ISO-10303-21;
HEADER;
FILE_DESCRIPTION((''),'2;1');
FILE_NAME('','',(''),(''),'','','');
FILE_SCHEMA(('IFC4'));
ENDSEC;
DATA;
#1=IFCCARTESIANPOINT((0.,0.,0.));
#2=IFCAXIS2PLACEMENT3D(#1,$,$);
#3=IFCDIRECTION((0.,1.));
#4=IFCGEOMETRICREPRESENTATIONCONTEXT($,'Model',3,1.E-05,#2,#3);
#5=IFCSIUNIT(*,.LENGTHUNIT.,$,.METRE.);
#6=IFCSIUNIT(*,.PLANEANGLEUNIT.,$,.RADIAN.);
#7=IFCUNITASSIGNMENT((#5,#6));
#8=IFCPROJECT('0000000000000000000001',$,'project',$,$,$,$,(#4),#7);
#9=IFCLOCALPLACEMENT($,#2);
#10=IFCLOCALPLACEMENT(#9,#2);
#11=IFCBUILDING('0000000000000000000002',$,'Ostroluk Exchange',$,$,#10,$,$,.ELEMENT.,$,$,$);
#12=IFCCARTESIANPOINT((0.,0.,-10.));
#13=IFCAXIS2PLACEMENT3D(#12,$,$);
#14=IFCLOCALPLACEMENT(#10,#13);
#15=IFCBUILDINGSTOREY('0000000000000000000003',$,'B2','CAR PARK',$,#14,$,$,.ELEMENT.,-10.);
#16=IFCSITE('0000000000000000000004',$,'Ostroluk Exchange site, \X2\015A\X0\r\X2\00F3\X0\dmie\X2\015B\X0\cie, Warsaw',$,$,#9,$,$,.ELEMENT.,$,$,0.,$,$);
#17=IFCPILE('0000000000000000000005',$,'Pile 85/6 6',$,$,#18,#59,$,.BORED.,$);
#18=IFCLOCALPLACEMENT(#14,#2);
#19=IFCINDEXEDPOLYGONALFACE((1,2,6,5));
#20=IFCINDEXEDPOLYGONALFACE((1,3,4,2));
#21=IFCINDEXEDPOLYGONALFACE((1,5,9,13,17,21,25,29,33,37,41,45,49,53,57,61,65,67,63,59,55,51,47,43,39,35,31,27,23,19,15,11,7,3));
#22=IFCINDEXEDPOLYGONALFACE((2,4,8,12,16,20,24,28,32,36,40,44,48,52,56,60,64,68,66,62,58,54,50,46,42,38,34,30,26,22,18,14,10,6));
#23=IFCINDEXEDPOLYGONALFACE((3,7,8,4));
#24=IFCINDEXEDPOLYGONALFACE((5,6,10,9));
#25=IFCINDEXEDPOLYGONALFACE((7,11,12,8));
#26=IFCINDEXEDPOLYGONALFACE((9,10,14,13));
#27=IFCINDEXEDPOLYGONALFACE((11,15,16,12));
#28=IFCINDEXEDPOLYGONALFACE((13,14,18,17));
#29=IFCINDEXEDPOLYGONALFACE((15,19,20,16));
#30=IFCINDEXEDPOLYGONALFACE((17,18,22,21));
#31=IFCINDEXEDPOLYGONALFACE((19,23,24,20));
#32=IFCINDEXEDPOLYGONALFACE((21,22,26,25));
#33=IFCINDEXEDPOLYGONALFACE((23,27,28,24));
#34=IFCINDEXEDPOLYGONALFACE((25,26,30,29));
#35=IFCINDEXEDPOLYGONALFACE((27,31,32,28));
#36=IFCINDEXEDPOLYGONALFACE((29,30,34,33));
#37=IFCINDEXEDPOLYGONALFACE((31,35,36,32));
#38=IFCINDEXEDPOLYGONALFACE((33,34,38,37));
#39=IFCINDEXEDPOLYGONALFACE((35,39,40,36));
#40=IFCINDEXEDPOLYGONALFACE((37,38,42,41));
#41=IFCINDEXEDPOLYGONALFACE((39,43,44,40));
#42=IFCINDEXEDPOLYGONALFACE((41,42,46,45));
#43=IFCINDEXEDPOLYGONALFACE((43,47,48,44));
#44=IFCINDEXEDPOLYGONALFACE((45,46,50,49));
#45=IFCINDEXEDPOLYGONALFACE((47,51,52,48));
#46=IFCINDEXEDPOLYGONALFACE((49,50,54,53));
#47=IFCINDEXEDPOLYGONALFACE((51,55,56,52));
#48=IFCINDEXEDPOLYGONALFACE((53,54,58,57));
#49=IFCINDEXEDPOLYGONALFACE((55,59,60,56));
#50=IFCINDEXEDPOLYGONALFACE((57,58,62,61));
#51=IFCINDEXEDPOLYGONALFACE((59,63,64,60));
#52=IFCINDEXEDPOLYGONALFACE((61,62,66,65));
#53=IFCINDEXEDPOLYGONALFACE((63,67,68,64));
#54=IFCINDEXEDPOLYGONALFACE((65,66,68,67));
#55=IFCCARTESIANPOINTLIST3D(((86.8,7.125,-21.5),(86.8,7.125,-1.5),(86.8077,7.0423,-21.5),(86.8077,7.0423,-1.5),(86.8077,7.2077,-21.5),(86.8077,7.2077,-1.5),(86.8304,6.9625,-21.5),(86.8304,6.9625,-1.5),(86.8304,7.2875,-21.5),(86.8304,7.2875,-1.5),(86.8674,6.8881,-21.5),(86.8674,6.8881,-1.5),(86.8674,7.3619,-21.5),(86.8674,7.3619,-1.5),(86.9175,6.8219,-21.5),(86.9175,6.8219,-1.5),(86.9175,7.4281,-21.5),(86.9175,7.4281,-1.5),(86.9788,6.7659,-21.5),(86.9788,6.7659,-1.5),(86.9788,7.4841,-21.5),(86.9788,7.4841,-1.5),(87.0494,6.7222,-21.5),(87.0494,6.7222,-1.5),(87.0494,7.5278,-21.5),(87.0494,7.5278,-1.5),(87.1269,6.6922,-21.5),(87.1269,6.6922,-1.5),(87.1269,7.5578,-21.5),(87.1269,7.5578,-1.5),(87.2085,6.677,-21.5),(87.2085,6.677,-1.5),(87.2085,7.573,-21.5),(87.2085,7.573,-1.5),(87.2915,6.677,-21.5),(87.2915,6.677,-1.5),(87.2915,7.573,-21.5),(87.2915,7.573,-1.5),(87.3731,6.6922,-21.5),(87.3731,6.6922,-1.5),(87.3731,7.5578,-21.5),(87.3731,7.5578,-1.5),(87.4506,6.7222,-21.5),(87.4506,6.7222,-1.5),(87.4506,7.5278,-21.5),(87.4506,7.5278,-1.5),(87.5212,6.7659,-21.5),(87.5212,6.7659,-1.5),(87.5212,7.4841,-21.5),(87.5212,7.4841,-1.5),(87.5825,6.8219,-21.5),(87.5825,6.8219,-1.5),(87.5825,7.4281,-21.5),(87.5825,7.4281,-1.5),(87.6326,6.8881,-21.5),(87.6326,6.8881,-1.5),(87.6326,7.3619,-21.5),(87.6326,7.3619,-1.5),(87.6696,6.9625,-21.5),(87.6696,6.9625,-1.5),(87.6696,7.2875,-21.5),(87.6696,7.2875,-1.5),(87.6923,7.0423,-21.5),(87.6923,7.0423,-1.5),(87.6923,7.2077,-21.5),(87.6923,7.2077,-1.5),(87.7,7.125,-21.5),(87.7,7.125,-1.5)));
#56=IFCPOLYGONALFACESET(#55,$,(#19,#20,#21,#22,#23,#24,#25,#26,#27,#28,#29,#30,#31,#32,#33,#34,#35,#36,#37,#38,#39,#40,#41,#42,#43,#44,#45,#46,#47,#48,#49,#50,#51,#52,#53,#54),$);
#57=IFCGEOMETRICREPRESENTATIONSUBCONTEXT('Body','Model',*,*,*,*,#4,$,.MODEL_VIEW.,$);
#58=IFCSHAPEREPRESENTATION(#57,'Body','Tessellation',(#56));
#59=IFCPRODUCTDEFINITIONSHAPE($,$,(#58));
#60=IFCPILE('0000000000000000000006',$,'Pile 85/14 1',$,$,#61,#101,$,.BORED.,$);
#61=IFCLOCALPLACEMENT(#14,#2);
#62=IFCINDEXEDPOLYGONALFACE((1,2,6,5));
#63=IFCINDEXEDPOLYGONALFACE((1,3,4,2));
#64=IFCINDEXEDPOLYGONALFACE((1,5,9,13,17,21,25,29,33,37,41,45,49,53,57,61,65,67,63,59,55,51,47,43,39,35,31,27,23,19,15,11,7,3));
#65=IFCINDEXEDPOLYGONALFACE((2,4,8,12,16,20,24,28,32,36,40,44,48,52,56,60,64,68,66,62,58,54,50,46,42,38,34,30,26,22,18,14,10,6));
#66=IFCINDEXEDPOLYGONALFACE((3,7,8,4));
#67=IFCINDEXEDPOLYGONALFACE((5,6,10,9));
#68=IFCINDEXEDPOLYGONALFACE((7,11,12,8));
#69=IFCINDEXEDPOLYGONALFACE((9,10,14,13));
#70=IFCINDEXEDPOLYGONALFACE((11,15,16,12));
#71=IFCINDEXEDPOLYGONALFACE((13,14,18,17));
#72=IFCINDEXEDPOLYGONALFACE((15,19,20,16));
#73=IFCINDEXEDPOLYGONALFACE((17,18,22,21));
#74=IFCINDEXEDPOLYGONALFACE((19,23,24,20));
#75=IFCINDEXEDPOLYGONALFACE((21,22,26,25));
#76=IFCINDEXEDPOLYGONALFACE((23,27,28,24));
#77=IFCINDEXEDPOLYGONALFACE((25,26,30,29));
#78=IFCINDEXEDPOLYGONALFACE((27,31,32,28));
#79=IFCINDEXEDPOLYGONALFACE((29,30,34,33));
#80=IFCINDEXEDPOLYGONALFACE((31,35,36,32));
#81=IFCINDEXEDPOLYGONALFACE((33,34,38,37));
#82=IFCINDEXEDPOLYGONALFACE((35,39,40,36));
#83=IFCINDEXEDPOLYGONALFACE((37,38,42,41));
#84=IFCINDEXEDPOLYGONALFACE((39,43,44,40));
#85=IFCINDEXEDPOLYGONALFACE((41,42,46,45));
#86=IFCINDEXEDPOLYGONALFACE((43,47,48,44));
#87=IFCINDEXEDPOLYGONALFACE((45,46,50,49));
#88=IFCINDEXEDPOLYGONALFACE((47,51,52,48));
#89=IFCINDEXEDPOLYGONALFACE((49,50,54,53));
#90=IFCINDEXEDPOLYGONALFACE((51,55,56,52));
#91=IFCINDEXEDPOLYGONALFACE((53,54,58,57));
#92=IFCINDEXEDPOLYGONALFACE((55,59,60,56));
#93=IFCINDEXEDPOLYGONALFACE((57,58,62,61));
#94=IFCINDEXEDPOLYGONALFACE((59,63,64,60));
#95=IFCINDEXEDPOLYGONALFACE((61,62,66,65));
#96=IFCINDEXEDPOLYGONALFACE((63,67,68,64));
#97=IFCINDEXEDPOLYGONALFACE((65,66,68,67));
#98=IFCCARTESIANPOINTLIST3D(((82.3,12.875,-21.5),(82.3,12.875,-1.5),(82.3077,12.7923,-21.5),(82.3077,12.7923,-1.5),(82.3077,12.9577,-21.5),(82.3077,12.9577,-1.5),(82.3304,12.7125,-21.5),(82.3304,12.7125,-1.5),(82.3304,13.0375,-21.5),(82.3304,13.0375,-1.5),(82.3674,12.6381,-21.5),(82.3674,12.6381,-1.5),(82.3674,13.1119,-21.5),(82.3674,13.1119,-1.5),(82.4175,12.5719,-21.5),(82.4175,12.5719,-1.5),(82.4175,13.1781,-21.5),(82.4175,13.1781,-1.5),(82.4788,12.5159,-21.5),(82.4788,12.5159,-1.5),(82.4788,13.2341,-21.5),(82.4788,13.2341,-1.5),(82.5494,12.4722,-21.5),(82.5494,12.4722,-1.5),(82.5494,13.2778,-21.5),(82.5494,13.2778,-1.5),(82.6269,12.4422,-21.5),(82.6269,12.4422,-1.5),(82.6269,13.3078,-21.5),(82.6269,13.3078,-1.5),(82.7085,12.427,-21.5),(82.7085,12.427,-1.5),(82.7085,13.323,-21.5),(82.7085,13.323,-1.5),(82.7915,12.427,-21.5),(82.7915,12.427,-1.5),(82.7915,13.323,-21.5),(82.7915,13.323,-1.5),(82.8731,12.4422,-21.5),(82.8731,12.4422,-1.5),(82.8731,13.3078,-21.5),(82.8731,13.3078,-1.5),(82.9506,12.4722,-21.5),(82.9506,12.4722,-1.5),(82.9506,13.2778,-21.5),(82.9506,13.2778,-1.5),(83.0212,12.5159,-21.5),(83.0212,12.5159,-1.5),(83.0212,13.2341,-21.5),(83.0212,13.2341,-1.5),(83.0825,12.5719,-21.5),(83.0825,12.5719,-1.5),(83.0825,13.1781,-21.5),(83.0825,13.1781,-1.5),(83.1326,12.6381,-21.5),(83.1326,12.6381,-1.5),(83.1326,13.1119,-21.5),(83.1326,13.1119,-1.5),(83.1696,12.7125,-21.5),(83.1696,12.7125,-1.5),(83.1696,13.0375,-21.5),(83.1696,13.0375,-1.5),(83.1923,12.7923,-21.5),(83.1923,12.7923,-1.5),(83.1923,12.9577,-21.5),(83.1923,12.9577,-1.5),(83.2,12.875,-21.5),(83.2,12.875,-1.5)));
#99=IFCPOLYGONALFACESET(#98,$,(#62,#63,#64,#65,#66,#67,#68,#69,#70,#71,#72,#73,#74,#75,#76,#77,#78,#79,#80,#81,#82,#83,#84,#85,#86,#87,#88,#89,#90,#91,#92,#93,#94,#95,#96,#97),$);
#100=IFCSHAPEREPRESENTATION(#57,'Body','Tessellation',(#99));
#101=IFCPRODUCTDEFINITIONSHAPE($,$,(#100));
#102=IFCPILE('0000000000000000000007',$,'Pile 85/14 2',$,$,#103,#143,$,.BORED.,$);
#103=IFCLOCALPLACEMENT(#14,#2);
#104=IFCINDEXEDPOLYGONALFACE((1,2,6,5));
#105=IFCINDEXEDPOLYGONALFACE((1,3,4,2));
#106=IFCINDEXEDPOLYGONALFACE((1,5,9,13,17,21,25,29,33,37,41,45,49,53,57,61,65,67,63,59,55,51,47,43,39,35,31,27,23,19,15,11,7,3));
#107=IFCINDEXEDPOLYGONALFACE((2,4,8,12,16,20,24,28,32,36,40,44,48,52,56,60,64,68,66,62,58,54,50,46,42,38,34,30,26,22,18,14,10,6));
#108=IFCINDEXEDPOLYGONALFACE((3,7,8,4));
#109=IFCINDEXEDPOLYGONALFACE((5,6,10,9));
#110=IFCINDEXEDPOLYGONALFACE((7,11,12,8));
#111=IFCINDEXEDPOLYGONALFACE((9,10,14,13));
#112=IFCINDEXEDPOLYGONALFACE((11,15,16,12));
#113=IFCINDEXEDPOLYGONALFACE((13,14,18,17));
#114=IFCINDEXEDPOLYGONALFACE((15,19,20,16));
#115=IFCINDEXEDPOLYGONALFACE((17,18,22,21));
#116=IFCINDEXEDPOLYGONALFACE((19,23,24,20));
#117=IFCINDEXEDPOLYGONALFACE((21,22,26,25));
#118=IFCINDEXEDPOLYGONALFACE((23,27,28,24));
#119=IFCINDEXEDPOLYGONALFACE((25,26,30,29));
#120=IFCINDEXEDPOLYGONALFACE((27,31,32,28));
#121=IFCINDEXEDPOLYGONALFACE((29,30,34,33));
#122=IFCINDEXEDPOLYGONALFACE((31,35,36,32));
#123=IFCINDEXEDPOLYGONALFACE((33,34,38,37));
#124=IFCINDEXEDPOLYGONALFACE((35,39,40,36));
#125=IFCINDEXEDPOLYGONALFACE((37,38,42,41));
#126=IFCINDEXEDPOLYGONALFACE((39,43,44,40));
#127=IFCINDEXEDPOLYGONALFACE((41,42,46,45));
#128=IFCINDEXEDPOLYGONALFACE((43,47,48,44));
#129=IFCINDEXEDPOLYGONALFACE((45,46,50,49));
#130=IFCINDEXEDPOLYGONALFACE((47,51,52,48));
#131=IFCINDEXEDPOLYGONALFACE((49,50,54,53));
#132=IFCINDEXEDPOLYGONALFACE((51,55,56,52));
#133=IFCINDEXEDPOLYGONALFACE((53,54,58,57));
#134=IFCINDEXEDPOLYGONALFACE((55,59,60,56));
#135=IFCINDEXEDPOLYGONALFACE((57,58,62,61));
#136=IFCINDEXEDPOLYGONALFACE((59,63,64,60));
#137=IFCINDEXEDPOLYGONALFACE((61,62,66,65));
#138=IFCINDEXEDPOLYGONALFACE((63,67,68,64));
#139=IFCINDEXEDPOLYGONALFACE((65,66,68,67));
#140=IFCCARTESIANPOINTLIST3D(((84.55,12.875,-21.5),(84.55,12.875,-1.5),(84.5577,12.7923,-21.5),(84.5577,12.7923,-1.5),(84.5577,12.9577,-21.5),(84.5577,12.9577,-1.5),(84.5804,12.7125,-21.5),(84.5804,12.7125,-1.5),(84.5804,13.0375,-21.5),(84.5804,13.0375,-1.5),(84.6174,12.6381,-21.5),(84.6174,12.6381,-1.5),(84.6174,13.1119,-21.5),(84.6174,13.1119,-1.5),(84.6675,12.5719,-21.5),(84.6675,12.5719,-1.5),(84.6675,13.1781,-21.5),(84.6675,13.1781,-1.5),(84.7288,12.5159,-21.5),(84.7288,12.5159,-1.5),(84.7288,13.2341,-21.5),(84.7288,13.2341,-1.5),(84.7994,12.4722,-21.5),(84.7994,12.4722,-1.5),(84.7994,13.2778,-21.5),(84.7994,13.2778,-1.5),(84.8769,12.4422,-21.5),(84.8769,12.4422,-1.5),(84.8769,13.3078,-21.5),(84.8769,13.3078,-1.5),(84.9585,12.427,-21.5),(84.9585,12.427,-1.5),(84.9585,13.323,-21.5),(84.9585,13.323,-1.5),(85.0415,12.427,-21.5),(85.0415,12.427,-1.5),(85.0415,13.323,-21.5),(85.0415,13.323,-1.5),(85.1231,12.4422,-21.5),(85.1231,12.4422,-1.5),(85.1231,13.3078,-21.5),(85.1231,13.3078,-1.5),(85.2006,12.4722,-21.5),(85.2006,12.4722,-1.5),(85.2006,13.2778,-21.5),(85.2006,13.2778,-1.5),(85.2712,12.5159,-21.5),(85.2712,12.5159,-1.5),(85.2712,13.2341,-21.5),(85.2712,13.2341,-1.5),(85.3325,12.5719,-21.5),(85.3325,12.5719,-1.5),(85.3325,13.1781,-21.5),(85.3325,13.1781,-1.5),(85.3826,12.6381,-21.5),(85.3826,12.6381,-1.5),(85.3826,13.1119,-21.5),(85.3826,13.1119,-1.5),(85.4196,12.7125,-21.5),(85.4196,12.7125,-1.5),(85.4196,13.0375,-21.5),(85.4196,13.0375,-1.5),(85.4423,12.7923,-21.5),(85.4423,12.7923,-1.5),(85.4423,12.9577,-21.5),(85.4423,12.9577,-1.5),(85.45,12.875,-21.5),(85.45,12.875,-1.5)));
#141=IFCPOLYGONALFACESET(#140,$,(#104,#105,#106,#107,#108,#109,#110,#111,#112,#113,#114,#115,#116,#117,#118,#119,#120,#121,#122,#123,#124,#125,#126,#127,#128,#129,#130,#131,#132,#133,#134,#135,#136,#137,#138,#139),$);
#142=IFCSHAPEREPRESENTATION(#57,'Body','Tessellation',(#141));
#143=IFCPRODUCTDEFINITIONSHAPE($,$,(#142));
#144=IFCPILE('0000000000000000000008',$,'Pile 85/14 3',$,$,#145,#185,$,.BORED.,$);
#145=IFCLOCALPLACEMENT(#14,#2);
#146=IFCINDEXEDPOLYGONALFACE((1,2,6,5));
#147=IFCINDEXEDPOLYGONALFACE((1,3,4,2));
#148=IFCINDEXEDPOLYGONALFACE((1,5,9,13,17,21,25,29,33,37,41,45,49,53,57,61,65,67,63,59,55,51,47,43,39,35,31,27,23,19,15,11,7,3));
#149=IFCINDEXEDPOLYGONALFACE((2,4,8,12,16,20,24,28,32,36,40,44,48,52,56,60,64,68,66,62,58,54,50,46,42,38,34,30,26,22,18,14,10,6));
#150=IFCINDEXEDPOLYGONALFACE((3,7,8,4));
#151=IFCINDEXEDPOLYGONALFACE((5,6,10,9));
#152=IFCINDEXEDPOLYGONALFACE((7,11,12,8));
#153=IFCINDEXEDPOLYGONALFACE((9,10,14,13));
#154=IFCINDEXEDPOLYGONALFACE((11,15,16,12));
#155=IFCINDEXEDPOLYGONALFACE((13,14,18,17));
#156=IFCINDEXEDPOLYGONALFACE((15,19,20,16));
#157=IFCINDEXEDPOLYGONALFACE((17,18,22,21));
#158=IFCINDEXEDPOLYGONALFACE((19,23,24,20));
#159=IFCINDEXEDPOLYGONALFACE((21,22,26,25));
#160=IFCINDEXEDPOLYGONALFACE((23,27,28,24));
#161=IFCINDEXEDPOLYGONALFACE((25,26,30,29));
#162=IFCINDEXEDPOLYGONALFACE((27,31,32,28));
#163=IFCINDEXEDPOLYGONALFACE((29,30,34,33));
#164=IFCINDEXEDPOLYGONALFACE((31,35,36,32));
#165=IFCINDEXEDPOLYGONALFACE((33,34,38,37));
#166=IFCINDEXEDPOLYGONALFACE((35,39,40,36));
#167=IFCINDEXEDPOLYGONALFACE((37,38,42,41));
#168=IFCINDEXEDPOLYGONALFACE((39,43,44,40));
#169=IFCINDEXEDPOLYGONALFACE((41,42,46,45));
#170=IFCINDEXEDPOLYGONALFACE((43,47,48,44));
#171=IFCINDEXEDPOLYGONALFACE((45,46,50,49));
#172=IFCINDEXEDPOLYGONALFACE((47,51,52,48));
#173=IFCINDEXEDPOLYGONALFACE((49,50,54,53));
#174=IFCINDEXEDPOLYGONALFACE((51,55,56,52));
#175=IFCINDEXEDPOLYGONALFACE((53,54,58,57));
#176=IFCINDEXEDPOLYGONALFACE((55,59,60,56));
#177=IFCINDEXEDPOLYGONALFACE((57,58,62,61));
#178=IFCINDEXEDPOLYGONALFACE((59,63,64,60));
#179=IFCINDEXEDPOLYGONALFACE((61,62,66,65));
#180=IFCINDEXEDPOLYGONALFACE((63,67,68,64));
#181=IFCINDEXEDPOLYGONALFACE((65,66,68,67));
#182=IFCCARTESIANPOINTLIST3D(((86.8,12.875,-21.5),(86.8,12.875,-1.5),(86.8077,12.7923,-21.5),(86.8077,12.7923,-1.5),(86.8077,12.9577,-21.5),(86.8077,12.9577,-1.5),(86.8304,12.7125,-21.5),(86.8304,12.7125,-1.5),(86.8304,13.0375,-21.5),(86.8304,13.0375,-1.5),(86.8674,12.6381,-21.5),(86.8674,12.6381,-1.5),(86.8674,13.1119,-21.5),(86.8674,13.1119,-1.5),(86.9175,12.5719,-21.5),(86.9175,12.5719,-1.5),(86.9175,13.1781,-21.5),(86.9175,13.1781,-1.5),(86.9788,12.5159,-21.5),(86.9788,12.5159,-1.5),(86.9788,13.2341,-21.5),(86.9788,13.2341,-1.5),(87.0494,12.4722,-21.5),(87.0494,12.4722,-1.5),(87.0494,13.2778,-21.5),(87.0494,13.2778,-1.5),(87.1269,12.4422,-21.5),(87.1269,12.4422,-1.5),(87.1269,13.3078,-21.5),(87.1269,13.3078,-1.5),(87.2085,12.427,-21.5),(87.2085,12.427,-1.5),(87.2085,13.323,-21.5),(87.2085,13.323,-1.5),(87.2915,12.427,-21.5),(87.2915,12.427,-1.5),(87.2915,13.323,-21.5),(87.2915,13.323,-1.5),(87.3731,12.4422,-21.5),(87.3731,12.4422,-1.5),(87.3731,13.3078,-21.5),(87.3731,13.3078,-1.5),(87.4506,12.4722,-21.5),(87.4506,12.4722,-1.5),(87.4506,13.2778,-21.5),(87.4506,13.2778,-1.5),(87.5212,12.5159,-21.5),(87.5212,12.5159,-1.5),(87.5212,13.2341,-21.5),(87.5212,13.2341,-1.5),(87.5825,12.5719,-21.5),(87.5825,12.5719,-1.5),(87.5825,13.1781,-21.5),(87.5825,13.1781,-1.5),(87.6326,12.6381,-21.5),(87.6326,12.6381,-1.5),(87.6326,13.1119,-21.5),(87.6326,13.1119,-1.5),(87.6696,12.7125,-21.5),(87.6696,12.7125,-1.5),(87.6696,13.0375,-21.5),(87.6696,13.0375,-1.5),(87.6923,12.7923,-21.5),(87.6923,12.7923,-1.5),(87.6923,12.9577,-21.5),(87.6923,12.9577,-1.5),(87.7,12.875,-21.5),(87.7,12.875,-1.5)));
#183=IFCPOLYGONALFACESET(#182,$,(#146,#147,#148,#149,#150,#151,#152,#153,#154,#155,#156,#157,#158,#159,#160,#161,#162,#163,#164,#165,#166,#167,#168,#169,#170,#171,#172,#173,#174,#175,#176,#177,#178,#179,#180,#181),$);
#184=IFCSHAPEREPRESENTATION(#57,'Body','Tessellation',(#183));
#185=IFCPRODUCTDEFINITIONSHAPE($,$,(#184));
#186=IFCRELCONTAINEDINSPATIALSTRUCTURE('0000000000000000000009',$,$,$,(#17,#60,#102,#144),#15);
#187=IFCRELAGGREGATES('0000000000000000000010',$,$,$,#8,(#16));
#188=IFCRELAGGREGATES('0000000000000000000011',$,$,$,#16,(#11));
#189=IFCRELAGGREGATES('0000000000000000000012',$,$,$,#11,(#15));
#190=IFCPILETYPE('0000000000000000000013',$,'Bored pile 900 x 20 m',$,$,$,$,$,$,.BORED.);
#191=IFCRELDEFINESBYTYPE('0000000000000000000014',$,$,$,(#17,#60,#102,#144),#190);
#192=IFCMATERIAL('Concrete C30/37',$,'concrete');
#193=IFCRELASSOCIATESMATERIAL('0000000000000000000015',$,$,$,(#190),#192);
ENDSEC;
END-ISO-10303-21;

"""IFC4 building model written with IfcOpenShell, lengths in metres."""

from ifc_helpers import new_model, si_unit, direction, frame, origin, origin_2d, place, context, subcontext, project, spatial, circle, extrude, material, type_object, element, save


model = new_model("IFC4")

# Units and contexts
model_context = context("Model", 3, precision=1e-05, world=origin(), true_north=direction((0.0, 1.0)))
body_context = subcontext(model_context, "Body", "Model", "MODEL_VIEW")
ifc_project = project(units=[si_unit("LENGTHUNIT", "METRE"), si_unit("PLANEANGLEUNIT", "RADIAN")], contexts=[model_context])

# Site, building, storey
site_placement = place(None, origin())
site = spatial("IfcSite", under=ifc_project, at=site_placement, Name="Ostroluk Exchange site, Śródmieście, Warsaw", CompositionType="ELEMENT", RefElevation=0.0)
building_placement = place(site_placement, origin())
building = spatial("IfcBuilding", under=site, at=building_placement, Name="Ostroluk Exchange", CompositionType="ELEMENT")
storey_placement = place(building_placement, frame((0.0, 0.0, -10.0)))
storey = spatial("IfcBuildingStorey", under=building, at=storey_placement, Name="B2", Description="CAR PARK", CompositionType="ELEMENT", Elevation=-10.0)

# Piles
ifc_material_1 = material(Name="Concrete C30/37", Category="concrete")
pile_type = type_object("IfcPileType", Name="Bored pile 900 x 20 m", PredefinedType="BORED", material=ifc_material_1)
for number, where, z_axis, x_axis, name in (
    (1, (87.25, 7.125, -1.5), (0.0, 0.0, -1.0), (1.0, 0.0, 0.0), "Pile 85/6 6"),
    (2, (82.75, 12.875, -1.5), (0.0, 0.0, -1.0), (1.0, 0.0, 0.0), "Pile 85/14 1"),
    (3, (85.0, 12.875, -1.5), (0.0, 0.0, -1.0), (1.0, 0.0, 0.0), "Pile 85/14 2"),
    (4, (87.25, 12.875, -1.5), (0.0, 0.0, -1.0), (1.0, 0.0, 0.0), "Pile 85/14 3"),
):
    element("IfcPile", number, at=place(storey_placement, frame(where, z_axis=z_axis, x_axis=x_axis)), inside=storey, type_object=pile_type, Name=name, PredefinedType="BORED", context=body_context, shape_type="SweptSolid", body=[
        extrude(circle(Radius=0.45, at=origin_2d()), origin(), (0.0, 0.0, 1.0), 20.0),
    ])

save(model, "model.ifc")
